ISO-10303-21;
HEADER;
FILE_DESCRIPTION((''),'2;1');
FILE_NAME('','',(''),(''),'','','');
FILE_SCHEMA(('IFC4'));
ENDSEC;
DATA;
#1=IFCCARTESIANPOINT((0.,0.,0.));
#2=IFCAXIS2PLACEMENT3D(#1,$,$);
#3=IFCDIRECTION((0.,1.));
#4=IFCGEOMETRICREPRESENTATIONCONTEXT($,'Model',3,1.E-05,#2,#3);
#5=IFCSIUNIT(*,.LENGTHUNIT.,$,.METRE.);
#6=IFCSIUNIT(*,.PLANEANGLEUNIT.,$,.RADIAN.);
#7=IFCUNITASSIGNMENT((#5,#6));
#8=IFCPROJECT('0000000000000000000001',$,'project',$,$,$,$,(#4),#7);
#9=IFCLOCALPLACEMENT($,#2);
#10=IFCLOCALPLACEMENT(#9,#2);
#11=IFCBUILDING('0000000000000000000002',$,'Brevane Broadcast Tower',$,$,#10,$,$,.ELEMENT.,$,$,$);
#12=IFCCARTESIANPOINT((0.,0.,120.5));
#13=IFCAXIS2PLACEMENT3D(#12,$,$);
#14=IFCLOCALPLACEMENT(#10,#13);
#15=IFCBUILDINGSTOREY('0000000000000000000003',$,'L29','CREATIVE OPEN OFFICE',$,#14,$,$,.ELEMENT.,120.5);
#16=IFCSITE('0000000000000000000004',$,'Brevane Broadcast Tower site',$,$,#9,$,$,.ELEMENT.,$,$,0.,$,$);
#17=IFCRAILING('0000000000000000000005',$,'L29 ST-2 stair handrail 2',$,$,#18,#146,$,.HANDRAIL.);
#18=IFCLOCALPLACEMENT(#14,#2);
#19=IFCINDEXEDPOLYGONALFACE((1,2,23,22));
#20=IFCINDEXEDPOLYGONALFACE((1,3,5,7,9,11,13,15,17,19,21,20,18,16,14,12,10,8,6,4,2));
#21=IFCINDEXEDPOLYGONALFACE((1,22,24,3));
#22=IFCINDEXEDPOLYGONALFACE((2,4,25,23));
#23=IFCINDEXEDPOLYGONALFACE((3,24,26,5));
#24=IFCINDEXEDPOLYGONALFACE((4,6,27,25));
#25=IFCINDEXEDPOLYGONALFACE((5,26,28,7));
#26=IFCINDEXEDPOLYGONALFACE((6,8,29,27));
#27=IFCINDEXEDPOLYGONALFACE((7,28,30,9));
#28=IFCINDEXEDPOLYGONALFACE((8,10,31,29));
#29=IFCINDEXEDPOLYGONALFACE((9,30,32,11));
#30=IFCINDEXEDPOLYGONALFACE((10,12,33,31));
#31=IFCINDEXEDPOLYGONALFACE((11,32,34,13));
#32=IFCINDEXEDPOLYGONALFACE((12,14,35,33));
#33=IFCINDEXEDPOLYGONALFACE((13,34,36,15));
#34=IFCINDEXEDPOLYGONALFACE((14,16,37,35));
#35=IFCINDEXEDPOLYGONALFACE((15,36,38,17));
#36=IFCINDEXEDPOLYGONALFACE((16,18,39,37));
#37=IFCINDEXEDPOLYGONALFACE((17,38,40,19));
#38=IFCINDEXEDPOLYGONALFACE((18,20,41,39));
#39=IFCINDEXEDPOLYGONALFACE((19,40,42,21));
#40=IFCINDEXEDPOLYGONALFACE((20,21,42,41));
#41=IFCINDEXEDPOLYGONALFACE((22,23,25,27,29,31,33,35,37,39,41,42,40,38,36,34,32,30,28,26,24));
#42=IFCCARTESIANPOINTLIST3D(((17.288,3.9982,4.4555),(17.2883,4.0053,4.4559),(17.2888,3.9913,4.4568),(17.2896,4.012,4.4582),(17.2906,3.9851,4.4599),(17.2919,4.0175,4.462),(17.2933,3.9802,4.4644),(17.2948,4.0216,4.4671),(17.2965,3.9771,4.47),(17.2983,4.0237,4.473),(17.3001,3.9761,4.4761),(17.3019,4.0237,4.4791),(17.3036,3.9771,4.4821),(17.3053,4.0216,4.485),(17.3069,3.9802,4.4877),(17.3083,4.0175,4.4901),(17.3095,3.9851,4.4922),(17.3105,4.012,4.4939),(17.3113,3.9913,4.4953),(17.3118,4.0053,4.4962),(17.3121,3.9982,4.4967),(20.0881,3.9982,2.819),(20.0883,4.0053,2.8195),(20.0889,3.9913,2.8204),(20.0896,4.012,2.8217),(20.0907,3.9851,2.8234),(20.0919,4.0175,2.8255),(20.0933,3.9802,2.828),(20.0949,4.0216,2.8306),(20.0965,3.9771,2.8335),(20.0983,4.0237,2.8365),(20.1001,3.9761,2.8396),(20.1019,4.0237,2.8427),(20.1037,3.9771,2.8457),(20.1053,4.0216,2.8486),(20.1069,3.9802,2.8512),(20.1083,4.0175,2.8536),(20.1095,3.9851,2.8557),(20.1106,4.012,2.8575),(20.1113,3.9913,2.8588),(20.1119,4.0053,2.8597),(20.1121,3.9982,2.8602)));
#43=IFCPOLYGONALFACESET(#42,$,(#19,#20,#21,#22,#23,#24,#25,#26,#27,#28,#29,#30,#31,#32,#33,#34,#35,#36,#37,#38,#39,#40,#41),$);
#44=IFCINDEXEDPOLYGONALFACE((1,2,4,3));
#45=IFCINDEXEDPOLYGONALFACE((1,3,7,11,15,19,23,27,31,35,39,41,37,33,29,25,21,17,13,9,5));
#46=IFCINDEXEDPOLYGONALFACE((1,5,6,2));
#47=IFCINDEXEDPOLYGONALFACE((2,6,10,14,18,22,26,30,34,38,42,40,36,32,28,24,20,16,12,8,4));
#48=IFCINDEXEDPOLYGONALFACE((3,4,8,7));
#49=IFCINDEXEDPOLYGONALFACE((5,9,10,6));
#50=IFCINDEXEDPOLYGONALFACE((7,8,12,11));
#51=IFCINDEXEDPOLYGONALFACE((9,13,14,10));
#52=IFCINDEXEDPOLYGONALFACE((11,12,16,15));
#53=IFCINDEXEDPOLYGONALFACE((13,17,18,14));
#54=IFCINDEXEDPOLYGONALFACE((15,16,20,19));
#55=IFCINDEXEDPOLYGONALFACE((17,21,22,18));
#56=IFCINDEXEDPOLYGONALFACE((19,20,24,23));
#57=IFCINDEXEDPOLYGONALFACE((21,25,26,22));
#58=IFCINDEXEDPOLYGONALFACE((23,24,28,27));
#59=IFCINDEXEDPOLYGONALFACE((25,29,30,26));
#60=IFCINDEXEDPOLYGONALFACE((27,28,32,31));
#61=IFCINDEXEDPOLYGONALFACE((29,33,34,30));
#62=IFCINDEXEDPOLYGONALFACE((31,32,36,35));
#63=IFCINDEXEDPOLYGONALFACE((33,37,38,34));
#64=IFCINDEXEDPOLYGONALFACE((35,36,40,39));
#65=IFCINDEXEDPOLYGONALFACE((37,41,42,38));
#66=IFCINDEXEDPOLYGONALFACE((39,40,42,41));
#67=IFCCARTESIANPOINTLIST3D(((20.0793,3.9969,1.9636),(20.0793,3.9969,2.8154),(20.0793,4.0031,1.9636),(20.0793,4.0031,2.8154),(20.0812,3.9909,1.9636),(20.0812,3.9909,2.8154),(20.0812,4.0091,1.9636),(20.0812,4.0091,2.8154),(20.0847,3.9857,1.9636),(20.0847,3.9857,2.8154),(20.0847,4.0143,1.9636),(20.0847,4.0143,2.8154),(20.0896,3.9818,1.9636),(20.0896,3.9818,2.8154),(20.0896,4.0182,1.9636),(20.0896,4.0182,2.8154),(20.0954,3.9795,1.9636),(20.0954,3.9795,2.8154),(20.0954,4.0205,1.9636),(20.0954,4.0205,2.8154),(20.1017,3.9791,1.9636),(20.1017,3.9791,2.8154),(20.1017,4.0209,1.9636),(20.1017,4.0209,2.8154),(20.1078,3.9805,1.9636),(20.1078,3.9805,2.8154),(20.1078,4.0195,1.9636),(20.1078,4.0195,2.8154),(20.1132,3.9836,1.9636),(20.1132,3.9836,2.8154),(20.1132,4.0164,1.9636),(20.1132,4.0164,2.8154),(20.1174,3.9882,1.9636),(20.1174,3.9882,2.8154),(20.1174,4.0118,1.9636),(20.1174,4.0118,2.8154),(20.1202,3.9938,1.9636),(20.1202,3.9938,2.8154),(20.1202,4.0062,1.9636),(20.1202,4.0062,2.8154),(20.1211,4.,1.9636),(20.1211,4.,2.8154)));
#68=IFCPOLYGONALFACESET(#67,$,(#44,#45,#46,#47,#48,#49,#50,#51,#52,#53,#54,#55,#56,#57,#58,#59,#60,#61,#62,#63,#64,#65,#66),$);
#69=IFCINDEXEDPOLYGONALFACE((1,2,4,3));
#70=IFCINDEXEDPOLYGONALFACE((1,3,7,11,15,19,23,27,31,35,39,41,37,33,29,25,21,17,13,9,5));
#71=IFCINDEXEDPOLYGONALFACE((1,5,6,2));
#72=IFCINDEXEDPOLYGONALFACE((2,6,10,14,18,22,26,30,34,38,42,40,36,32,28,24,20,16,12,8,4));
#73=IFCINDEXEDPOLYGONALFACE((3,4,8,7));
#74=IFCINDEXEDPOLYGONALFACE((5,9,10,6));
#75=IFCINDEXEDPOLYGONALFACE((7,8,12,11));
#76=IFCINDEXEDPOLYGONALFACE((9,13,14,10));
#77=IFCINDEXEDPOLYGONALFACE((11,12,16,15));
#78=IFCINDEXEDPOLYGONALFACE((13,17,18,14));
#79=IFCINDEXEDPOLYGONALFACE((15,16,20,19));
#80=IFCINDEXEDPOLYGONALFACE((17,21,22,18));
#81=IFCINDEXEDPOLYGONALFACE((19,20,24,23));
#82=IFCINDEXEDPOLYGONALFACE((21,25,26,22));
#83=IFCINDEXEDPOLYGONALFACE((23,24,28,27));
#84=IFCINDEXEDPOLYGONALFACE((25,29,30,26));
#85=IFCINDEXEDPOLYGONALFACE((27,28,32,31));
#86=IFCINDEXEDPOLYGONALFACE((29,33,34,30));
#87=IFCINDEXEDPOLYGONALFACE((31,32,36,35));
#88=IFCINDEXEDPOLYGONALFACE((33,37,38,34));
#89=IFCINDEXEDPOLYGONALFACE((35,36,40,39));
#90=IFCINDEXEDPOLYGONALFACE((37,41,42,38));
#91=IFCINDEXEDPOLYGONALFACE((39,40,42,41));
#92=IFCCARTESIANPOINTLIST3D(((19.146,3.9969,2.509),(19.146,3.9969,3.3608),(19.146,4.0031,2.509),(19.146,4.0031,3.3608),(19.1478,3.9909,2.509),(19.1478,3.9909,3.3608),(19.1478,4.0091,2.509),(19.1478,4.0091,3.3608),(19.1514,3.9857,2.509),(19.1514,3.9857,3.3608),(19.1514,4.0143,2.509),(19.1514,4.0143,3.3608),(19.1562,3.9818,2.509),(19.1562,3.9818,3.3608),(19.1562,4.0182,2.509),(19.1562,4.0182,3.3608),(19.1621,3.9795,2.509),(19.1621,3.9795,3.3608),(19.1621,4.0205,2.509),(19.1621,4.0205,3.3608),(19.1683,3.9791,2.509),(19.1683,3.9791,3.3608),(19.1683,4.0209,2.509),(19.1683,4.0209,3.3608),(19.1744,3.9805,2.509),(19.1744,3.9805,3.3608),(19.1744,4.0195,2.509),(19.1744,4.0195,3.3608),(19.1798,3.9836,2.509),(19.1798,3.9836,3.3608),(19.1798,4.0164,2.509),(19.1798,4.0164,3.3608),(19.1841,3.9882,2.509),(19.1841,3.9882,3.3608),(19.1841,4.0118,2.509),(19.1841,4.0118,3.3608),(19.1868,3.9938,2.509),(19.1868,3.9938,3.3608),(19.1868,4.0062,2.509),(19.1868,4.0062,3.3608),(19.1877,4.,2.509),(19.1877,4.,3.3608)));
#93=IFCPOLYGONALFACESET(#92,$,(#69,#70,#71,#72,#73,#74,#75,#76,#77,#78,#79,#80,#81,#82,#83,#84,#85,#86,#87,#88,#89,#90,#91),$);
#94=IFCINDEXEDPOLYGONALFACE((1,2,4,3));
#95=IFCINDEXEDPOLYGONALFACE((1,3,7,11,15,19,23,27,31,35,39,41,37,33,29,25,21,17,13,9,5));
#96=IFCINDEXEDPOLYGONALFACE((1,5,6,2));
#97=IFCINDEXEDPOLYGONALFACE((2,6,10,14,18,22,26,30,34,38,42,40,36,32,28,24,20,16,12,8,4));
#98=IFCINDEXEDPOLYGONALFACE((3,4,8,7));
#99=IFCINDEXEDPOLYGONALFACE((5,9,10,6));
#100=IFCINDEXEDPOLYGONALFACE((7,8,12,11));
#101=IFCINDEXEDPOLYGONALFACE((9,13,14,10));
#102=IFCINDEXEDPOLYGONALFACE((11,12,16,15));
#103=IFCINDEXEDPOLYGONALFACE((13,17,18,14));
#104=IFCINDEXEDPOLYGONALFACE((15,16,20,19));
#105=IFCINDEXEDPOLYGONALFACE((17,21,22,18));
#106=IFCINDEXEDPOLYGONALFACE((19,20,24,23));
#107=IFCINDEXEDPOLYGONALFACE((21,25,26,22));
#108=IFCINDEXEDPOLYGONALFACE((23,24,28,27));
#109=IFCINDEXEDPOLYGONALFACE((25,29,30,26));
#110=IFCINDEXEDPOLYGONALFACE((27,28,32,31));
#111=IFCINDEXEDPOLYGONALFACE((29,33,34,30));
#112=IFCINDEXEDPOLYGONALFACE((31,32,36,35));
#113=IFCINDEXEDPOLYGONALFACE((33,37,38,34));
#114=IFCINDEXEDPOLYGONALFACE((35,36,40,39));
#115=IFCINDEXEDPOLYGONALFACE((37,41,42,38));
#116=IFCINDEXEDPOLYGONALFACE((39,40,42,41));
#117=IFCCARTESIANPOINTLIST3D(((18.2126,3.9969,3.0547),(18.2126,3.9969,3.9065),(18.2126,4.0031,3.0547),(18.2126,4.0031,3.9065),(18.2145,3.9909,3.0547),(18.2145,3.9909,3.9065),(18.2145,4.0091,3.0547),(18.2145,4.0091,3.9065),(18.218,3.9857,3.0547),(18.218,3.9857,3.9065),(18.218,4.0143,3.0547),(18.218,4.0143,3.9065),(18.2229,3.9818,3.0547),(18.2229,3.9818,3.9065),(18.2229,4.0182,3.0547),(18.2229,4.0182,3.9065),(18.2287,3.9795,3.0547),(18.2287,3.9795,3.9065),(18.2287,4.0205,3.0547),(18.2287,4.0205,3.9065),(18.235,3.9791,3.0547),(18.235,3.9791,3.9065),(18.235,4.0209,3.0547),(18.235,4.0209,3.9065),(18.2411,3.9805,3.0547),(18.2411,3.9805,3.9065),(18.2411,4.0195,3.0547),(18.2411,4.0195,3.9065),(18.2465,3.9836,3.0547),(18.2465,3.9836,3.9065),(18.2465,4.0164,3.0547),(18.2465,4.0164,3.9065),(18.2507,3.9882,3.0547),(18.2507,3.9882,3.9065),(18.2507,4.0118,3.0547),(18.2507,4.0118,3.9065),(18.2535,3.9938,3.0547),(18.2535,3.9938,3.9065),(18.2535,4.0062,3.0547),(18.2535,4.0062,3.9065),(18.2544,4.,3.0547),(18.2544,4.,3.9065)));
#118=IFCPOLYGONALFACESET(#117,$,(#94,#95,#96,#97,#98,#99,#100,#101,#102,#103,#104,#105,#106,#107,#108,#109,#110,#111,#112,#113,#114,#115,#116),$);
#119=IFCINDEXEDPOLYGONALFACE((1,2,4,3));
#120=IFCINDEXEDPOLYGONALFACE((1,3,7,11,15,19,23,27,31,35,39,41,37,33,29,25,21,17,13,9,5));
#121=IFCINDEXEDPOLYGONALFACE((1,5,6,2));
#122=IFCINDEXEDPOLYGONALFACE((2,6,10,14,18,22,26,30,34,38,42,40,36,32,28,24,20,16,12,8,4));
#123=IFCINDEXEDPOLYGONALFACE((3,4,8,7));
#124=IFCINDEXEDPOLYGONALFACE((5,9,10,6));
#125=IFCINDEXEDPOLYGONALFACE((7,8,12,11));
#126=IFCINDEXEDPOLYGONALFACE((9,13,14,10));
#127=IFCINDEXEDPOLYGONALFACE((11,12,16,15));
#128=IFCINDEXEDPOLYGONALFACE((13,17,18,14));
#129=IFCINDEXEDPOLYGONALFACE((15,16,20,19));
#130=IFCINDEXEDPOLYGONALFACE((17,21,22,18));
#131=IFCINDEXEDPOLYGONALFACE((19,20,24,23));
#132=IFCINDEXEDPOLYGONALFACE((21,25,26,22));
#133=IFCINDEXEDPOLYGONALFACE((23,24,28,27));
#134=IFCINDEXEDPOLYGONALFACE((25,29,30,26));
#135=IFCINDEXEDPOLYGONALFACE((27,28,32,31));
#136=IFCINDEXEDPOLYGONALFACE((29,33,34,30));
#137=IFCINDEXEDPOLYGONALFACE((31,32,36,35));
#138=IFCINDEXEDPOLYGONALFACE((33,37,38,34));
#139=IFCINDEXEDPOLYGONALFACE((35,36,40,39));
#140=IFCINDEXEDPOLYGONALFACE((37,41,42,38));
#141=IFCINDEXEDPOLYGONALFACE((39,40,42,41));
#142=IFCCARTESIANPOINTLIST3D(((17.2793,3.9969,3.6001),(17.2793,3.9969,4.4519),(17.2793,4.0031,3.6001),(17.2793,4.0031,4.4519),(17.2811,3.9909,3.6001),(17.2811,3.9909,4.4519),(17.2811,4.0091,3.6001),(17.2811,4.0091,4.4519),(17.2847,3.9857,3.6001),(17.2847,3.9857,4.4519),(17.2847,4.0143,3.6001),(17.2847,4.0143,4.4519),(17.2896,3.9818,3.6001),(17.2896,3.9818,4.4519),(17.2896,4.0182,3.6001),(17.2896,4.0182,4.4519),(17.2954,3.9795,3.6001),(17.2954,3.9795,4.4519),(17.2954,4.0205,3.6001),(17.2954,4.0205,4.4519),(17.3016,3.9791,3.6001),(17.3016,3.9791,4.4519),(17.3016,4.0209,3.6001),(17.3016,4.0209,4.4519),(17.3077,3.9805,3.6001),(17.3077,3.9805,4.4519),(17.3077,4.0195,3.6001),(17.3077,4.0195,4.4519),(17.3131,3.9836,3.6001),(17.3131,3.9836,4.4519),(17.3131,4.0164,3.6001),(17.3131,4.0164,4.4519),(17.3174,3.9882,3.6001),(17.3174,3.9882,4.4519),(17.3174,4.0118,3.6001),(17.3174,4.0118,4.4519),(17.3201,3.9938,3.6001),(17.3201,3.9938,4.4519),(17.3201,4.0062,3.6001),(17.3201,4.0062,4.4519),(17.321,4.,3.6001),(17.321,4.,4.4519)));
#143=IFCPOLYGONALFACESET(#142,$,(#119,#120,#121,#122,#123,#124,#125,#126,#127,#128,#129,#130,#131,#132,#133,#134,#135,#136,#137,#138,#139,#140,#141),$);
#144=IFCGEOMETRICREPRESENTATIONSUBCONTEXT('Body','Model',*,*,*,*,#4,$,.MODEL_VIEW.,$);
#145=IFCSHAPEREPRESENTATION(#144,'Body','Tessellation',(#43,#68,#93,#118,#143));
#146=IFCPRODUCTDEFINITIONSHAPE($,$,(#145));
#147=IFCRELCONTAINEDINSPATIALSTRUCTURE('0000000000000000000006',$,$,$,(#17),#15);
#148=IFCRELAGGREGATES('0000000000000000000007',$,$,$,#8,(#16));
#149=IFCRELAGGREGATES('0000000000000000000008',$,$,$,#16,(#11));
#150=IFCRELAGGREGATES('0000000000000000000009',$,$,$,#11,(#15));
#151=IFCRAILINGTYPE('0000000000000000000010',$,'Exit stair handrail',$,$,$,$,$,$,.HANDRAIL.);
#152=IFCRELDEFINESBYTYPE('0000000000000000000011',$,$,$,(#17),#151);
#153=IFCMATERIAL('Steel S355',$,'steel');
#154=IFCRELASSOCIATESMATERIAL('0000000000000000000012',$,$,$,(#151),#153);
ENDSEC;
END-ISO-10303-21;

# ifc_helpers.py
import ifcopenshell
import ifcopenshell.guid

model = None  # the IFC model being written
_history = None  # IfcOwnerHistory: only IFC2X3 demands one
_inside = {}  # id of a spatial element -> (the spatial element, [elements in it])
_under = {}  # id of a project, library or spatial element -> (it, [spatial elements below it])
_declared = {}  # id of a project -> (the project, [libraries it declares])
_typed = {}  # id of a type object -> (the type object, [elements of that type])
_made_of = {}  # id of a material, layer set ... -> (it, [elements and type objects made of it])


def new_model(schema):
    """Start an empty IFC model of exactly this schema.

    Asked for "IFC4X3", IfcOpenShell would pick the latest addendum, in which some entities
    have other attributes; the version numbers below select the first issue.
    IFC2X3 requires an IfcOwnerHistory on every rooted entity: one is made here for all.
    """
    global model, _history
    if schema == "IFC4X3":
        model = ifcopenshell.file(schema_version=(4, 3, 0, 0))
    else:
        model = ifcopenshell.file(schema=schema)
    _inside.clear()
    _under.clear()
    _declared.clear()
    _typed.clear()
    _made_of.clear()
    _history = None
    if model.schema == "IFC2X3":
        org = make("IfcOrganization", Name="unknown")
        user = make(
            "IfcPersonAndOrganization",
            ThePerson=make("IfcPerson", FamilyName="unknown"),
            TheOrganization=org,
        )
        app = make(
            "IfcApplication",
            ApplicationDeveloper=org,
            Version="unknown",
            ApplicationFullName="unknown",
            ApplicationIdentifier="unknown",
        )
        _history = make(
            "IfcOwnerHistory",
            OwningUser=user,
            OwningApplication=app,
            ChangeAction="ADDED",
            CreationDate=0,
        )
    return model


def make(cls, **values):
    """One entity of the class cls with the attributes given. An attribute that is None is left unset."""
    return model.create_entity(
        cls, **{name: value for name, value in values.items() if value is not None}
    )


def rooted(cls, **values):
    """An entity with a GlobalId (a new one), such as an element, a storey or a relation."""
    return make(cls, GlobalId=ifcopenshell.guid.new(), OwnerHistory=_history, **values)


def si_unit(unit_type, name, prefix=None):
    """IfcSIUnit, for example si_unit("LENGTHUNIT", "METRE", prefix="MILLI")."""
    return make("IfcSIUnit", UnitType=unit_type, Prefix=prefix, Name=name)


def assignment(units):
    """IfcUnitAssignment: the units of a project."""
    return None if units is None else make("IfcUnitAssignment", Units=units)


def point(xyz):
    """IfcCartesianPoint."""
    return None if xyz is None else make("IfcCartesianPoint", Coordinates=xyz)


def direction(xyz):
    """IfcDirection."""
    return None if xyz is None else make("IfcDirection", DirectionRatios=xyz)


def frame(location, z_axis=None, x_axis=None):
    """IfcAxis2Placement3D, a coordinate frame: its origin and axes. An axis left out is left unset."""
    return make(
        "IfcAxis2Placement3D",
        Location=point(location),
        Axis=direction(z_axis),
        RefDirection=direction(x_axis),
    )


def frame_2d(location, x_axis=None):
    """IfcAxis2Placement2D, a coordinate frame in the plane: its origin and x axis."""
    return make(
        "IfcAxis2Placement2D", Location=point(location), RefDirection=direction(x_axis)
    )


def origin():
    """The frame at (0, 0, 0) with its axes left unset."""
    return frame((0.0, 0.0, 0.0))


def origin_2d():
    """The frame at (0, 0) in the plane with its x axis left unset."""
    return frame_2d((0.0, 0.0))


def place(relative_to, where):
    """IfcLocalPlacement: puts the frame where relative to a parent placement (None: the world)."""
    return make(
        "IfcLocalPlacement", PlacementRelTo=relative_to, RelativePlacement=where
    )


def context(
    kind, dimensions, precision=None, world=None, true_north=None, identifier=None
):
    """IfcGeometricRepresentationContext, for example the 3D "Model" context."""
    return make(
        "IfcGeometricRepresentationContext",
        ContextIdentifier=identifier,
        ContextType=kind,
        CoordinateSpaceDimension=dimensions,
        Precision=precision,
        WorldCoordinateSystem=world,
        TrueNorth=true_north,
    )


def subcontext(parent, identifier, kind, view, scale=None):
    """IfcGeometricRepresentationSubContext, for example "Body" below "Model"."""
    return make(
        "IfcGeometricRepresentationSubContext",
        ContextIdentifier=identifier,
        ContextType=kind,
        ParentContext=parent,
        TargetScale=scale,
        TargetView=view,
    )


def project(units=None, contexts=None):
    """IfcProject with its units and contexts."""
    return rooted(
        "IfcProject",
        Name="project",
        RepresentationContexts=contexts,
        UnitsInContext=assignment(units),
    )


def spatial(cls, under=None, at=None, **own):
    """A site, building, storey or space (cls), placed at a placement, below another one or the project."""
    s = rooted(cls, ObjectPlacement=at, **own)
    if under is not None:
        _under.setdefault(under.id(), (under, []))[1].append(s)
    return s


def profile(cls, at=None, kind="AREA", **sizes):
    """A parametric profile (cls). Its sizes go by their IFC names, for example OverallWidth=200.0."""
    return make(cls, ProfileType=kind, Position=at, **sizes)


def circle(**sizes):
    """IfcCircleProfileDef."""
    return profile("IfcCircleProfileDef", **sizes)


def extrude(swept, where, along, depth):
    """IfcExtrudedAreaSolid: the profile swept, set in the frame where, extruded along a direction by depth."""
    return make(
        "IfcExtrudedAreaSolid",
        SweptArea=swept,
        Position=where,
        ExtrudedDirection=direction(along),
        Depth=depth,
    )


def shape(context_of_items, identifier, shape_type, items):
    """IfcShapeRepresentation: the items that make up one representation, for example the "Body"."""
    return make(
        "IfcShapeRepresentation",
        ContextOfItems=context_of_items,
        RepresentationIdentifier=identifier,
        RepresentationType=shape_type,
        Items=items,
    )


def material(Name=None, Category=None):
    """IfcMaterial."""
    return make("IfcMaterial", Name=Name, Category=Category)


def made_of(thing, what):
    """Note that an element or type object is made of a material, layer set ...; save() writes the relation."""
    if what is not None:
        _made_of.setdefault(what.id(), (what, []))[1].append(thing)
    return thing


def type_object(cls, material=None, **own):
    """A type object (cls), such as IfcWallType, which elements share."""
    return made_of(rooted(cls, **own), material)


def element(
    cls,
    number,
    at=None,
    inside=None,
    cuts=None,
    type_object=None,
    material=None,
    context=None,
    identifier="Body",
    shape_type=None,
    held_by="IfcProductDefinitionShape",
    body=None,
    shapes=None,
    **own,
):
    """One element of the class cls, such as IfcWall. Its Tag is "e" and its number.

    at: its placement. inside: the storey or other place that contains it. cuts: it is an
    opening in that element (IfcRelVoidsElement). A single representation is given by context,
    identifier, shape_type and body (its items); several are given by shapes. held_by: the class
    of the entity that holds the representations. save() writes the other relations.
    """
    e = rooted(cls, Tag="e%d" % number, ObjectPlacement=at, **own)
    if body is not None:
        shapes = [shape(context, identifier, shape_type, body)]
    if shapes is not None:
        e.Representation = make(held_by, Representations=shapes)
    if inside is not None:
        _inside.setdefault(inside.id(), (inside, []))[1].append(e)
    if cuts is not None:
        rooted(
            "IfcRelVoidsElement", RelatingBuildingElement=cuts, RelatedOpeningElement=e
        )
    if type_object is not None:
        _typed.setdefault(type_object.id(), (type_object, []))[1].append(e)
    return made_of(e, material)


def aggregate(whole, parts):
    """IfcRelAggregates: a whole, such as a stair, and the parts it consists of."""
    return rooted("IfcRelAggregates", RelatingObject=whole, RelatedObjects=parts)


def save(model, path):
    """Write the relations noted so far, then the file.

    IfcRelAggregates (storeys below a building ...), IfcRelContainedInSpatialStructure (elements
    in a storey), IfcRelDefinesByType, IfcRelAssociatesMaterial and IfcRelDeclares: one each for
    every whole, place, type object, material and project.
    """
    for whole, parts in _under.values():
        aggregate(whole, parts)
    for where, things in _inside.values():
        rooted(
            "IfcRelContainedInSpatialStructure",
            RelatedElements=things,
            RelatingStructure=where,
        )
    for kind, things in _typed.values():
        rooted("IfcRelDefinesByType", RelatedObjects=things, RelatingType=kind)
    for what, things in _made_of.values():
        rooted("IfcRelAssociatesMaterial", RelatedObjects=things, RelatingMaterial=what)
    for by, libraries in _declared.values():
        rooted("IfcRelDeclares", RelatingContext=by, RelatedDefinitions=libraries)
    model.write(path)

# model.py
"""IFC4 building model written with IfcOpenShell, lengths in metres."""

from ifc_helpers import new_model, si_unit, direction, frame, origin, origin_2d, place, context, subcontext, project, spatial, circle, extrude, material, type_object, element, save


model = new_model("IFC4")

# Units and contexts
model_context = context("Model", 3, precision=1e-05, world=origin(), true_north=direction((0.0, 1.0)))
body_context = subcontext(model_context, "Body", "Model", "MODEL_VIEW")
ifc_project = project(units=[si_unit("LENGTHUNIT", "METRE"), si_unit("PLANEANGLEUNIT", "RADIAN")], contexts=[model_context])

# Site, building, storey
site_placement = place(None, origin())
site = spatial("IfcSite", under=ifc_project, at=site_placement, Name="Brevane Broadcast Tower site", CompositionType="ELEMENT", RefElevation=0.0)
building_placement = place(site_placement, origin())
building = spatial("IfcBuilding", under=site, at=building_placement, Name="Brevane Broadcast Tower", CompositionType="ELEMENT")
storey_placement = place(building_placement, frame((0.0, 0.0, 120.5)))
storey = spatial("IfcBuildingStorey", under=building, at=storey_placement, Name="L29", Description="CREATIVE OPEN OFFICE", CompositionType="ELEMENT", Elevation=120.5)

# Railing
ifc_material_1 = material(Name="Steel S355", Category="steel")
railing_type_1 = type_object("IfcRailingType", Name="Exit stair handrail", PredefinedType="HANDRAIL", material=ifc_material_1)
railing_1_placement = place(storey_placement, frame((20.1001, 4.0, 1.9636)))
element("IfcRailing", 1, at=railing_1_placement, inside=storey, type_object=railing_type_1, Name="L29 ST-2 stair handrail 2", PredefinedType="HANDRAIL", context=body_context, shape_type="SweptSolid", body=[
    extrude(circle(Radius=0.0239, at=origin_2d()), frame((0.0, 0.0, 0.876), z_axis=(-0.863361, 0.0, 0.504587), x_axis=(0.0, -1.0, 0.0)), (0.0, 0.0, 1.0), 3.2432),
    extrude(circle(Radius=0.021, at=origin_2d()), origin(), (0.0, 0.0, 1.0), 0.8518),
    extrude(circle(Radius=0.021, at=origin_2d()), frame((-0.9333, 0.0, 0.5454)), (0.0, 0.0, 1.0), 0.8518),
    extrude(circle(Radius=0.021, at=origin_2d()), frame((-1.8667, 0.0, 1.0911)), (0.0, 0.0, 1.0), 0.8518),
    extrude(circle(Radius=0.021, at=origin_2d()), frame((-2.8, 0.0, 1.6365)), (0.0, 0.0, 1.0), 0.8518),
])

save(model, "model.ifc")
